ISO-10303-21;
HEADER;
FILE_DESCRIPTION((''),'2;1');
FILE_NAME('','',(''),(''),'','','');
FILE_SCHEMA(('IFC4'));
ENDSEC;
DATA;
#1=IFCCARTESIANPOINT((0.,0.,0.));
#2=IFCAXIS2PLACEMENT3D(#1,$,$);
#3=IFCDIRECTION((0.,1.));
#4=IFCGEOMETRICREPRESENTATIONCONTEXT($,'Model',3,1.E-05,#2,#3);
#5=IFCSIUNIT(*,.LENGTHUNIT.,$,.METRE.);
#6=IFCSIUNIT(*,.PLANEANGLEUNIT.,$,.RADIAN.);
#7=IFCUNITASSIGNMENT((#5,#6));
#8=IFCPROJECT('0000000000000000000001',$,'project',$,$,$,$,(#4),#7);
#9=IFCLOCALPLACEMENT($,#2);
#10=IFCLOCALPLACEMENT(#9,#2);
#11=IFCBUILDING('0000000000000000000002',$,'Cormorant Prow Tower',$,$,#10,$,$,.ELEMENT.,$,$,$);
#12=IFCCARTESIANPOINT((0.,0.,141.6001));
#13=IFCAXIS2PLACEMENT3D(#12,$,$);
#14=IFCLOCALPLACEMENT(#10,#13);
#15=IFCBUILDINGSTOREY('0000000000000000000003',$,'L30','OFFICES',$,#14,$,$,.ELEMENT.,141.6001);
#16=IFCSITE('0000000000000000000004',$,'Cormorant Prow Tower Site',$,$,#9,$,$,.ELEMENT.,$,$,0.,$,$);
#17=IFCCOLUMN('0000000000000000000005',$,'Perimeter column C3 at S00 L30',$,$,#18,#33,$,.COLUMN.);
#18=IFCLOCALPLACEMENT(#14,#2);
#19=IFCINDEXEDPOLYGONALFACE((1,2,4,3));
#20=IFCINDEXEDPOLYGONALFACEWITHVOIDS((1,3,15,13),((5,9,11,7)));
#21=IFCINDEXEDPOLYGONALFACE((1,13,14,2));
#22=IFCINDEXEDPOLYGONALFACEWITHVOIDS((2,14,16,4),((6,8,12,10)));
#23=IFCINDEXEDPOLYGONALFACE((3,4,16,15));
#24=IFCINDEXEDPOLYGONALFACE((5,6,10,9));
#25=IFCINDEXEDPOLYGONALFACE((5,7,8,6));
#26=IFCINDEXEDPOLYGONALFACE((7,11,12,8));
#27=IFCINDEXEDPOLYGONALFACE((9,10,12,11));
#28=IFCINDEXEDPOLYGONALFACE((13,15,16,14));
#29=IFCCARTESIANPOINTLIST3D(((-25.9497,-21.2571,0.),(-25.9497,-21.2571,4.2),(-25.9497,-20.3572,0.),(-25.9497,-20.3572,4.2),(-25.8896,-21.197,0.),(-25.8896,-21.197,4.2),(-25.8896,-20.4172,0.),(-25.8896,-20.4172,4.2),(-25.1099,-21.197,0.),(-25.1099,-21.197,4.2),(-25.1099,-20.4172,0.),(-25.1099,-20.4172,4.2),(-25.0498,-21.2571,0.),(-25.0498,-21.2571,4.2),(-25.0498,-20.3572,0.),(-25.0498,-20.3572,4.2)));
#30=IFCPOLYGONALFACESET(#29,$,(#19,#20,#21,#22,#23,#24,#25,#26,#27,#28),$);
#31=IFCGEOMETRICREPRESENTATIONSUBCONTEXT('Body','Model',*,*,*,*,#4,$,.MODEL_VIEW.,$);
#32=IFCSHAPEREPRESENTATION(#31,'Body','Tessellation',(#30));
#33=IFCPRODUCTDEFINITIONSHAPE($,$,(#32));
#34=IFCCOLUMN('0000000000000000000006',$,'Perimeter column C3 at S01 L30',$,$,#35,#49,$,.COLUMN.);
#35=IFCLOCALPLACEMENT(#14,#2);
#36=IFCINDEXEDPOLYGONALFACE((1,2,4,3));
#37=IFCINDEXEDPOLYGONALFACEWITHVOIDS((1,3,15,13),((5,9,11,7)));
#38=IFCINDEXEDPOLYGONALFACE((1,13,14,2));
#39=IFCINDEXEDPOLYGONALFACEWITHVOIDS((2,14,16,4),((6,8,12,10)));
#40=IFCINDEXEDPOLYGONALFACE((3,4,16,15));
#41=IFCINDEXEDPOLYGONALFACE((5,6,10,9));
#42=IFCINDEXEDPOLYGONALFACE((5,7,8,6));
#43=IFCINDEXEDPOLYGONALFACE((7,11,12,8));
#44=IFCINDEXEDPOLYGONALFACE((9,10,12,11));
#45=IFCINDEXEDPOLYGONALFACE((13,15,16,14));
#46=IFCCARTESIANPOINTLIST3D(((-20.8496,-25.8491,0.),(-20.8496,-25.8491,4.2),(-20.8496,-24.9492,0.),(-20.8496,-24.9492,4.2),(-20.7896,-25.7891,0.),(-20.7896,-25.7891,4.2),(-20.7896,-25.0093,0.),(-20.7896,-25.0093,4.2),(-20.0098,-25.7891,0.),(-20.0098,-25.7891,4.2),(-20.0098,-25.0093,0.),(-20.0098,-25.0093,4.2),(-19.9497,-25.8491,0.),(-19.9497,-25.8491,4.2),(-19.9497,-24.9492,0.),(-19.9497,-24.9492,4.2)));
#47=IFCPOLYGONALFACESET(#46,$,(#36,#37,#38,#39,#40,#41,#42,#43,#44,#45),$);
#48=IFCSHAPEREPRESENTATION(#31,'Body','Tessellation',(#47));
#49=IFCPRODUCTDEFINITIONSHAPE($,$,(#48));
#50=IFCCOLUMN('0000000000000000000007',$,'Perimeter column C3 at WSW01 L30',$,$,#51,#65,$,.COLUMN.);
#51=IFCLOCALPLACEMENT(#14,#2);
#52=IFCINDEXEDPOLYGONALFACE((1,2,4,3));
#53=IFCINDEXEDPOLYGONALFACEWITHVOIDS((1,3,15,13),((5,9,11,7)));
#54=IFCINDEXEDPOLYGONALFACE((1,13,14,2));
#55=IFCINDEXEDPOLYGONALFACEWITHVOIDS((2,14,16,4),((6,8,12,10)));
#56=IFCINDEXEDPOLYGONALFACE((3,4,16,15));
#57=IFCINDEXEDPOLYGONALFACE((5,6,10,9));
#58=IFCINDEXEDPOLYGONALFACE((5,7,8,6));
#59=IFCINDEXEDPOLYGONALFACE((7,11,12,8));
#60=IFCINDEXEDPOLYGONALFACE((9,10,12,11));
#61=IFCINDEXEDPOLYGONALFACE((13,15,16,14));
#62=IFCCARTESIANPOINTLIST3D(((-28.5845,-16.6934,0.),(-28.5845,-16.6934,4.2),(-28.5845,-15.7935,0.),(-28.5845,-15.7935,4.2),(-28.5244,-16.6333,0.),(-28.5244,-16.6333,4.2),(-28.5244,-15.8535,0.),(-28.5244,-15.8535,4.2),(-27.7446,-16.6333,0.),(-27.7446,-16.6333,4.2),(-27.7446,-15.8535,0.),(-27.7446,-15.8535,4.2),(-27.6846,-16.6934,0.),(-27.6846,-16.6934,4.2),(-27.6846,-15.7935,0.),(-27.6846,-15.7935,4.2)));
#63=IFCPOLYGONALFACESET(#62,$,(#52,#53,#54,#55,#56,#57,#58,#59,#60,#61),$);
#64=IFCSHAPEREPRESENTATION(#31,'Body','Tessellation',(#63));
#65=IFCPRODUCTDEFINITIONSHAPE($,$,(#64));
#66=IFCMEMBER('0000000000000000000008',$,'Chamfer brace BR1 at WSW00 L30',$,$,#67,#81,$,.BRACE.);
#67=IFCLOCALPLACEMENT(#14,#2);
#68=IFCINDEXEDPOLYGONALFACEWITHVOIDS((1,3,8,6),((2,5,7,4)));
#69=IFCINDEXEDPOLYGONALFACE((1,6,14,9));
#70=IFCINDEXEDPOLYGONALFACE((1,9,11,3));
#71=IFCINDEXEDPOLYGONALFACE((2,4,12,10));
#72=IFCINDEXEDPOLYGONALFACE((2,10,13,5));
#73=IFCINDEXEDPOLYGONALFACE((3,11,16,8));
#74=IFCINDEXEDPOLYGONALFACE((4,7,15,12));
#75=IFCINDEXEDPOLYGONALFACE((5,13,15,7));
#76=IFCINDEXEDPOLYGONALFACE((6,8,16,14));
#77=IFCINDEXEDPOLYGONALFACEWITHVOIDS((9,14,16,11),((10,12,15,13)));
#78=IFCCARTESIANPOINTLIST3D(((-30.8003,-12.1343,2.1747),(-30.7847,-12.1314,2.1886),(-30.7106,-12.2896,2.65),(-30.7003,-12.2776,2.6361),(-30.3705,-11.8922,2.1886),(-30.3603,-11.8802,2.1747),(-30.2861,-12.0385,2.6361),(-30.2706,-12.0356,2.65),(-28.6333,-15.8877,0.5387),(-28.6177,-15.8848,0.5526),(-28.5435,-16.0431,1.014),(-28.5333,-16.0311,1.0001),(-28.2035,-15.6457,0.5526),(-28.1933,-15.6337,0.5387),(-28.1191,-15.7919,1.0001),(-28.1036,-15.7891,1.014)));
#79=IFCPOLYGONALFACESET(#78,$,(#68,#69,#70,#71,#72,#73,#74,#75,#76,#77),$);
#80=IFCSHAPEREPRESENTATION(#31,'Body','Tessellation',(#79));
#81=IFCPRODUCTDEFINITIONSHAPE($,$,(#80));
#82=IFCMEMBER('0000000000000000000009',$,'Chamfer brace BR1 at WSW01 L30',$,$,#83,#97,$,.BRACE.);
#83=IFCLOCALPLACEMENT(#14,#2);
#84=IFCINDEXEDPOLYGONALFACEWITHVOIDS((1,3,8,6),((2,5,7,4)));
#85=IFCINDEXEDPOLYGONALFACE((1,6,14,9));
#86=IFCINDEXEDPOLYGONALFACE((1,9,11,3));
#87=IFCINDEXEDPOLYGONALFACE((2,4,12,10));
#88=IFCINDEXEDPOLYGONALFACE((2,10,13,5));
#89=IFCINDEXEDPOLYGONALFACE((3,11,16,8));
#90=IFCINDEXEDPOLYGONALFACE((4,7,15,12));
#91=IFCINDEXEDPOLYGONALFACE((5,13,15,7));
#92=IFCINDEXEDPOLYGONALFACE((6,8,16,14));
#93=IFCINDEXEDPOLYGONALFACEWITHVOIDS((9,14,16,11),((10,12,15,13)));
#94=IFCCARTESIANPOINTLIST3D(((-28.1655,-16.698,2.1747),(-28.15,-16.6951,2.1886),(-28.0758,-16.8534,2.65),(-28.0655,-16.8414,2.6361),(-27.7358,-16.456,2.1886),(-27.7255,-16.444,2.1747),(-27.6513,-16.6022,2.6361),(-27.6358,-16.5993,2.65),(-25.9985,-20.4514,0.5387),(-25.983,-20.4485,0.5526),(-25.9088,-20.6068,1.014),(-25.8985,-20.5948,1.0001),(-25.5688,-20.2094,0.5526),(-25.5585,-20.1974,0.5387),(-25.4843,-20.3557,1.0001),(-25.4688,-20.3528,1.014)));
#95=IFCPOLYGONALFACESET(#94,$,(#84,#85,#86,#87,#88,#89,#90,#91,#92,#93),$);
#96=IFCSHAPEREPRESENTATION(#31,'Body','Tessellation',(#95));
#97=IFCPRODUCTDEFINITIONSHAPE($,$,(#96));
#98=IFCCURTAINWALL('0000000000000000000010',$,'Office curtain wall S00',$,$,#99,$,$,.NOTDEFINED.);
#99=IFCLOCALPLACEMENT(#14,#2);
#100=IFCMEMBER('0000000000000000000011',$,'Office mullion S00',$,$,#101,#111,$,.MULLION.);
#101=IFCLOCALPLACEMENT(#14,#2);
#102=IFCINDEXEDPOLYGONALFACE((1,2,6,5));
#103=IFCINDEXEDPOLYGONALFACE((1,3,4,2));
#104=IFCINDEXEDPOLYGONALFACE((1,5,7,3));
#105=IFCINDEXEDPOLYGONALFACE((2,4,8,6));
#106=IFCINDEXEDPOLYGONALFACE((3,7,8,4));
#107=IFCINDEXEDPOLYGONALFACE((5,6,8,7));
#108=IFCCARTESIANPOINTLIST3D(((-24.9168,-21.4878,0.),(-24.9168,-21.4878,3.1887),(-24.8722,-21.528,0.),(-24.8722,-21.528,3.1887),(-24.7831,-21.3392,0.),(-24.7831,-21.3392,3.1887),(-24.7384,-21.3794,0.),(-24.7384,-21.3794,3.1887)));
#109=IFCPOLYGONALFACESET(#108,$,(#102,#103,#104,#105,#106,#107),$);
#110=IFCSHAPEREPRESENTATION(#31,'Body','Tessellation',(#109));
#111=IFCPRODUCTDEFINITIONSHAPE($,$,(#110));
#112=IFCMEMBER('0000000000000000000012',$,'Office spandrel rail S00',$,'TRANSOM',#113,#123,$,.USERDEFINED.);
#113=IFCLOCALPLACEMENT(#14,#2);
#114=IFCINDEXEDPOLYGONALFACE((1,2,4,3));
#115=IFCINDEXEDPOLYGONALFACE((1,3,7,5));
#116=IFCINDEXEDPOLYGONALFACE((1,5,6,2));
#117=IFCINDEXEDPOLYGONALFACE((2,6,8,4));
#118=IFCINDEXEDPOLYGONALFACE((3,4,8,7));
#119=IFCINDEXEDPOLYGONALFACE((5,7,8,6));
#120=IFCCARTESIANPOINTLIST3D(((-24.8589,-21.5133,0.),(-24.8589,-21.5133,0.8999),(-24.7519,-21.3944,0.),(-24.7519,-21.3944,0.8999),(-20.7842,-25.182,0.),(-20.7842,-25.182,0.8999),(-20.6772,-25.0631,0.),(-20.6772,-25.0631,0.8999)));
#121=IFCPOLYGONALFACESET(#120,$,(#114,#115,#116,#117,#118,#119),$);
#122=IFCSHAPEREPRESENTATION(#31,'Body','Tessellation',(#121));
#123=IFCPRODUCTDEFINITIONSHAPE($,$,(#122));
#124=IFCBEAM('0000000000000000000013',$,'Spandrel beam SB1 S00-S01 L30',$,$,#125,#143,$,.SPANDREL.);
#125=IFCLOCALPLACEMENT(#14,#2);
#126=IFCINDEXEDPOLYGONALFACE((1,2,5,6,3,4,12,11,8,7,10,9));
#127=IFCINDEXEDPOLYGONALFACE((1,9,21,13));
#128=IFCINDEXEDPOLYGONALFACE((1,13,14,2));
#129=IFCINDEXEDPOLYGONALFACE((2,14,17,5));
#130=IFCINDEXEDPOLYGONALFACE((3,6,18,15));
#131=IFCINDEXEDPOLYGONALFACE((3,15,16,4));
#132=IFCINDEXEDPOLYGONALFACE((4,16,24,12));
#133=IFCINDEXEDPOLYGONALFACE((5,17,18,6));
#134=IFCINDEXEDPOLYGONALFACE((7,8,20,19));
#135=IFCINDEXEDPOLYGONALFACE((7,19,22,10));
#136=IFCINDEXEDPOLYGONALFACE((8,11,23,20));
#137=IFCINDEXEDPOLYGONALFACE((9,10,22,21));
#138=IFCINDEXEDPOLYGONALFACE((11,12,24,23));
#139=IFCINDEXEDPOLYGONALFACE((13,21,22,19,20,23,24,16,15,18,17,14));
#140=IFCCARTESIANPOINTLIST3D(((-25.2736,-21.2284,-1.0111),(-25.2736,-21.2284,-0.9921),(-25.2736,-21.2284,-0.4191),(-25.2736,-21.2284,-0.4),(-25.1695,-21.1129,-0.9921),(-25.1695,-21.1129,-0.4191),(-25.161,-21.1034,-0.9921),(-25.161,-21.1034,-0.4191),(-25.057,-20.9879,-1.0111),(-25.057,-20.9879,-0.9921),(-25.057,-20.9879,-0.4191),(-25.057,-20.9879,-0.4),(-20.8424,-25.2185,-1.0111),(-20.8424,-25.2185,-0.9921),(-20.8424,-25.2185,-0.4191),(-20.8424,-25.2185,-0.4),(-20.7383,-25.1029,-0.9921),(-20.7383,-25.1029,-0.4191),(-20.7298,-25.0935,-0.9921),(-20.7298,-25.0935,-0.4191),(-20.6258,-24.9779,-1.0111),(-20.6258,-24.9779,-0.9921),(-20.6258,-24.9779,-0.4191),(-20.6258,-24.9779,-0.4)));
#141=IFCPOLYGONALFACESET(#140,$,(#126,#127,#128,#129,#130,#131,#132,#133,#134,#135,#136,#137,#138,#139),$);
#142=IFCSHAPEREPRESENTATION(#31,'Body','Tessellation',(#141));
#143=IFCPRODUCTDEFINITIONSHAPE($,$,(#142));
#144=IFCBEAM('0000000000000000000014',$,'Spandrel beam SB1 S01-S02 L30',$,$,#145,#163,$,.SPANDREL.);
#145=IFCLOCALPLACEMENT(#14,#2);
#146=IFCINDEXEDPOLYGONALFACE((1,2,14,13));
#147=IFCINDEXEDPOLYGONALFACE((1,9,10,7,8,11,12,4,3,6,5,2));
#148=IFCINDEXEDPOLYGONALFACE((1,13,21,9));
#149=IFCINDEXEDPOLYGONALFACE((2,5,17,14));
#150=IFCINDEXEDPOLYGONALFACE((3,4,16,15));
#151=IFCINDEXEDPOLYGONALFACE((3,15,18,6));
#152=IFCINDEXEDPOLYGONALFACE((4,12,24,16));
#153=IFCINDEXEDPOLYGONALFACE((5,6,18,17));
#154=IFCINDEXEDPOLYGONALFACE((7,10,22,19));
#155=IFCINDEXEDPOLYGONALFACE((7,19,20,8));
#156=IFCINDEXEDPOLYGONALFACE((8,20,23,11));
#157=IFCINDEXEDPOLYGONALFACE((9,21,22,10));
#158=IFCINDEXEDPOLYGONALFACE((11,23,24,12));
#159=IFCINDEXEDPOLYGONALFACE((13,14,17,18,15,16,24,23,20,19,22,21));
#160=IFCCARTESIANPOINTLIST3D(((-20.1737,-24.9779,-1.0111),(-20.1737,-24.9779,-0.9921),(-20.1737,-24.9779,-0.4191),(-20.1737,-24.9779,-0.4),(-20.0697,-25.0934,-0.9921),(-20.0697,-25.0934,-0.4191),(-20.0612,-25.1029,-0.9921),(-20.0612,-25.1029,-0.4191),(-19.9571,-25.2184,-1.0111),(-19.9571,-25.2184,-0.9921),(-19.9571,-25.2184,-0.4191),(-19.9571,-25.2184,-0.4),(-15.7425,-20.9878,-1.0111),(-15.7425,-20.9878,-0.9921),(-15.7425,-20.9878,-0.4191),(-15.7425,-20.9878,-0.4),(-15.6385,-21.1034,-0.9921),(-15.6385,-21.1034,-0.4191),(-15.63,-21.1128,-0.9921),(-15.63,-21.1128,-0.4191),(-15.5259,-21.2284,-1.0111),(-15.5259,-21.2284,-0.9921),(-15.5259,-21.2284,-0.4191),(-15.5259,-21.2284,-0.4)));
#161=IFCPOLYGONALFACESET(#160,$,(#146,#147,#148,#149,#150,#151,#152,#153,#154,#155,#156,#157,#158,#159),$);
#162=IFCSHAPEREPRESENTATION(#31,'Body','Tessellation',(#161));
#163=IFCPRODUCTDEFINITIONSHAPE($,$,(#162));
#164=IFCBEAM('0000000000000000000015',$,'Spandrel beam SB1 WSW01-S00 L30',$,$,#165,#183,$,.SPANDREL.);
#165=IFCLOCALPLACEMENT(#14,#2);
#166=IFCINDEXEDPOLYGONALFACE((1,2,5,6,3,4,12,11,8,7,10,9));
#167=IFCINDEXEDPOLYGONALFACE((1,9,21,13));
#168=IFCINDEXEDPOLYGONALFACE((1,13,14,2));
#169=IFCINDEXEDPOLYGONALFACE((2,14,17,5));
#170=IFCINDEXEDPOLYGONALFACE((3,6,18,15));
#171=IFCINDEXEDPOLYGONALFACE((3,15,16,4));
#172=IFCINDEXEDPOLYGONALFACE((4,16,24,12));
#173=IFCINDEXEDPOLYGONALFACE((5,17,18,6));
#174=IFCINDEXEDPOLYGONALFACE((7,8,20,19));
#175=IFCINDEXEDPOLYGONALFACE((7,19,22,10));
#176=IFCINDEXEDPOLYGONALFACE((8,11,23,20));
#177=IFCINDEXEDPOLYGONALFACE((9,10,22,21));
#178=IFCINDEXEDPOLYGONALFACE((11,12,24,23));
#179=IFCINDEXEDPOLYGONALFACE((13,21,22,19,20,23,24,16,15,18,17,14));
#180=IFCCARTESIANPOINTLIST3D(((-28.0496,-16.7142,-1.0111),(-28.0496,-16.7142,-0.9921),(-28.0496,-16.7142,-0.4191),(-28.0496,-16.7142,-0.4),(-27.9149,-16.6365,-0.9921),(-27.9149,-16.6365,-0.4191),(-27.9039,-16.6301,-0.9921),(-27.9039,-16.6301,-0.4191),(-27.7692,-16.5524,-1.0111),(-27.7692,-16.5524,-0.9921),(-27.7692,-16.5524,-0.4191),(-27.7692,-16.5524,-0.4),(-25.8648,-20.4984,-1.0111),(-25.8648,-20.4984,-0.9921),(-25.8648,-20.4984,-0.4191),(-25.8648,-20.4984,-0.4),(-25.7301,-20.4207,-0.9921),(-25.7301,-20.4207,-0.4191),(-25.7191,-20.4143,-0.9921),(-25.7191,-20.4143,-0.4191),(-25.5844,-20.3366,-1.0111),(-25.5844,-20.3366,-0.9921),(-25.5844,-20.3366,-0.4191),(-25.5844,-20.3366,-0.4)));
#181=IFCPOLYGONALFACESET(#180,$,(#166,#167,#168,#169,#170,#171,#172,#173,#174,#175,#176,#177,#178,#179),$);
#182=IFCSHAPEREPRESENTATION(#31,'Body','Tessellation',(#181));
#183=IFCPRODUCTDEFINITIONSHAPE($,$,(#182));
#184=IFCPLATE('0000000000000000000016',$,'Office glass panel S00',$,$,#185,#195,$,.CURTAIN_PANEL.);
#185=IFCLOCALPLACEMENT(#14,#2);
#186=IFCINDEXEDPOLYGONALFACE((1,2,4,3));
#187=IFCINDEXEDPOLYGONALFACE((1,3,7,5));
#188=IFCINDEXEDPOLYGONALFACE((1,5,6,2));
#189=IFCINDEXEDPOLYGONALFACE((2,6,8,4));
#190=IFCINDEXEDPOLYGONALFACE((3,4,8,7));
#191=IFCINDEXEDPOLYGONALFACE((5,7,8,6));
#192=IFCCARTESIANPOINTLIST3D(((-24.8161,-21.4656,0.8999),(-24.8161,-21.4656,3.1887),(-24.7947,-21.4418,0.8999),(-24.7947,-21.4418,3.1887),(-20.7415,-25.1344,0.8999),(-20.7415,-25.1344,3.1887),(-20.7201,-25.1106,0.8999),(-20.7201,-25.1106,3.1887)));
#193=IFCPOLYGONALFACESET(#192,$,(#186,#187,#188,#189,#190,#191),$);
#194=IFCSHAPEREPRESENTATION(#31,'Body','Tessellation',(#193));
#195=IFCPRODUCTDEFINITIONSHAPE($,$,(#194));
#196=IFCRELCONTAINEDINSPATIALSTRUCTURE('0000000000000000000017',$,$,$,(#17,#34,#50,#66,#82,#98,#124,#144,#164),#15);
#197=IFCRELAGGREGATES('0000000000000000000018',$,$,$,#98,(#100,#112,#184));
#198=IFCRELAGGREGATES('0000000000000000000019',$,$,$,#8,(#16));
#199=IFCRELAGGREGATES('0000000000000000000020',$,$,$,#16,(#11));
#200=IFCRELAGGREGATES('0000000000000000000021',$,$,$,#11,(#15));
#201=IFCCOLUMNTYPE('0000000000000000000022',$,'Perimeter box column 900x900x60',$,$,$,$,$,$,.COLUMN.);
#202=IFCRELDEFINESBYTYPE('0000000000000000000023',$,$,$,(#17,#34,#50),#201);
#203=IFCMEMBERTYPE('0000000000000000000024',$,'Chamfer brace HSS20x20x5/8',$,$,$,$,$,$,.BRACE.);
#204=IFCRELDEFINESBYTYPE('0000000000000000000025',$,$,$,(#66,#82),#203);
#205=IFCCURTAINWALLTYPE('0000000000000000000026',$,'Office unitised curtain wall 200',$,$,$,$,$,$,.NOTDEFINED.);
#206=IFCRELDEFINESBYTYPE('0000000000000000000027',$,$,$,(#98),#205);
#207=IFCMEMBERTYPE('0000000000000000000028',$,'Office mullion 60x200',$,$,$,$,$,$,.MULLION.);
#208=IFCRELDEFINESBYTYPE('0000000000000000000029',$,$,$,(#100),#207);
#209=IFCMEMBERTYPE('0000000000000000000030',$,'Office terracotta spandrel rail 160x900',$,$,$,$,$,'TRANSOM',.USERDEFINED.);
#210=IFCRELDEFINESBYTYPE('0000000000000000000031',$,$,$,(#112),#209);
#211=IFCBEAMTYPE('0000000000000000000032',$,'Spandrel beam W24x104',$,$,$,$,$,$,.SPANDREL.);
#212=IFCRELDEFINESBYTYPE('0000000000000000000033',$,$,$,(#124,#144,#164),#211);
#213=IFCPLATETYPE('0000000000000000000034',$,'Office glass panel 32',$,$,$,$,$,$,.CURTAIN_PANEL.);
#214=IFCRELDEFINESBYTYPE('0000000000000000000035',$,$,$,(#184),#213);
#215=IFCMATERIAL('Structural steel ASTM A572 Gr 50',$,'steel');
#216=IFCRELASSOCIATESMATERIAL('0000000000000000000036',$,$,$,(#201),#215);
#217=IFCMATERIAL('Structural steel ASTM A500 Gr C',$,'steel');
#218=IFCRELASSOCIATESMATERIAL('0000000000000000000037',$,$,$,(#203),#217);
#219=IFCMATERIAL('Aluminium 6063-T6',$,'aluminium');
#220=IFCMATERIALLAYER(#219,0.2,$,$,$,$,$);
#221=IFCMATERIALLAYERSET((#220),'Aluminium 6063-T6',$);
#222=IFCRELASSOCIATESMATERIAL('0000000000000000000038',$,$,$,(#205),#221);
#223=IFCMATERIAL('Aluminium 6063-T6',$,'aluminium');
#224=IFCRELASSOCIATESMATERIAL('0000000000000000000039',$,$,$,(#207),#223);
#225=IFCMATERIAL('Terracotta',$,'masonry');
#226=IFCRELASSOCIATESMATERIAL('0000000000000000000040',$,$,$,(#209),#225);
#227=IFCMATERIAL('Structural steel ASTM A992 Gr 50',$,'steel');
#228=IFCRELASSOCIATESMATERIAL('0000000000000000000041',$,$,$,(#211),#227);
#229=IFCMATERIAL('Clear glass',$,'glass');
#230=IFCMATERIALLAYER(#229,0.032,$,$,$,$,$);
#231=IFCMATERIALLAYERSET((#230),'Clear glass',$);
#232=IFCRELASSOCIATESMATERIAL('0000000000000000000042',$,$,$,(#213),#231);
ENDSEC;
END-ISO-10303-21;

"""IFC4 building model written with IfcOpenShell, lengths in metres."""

from ifc_helpers import new_model, si_unit, direction, frame, origin, origin_2d, place, context, subcontext, project, spatial, rectangle, hollow_rectangle, i_section, extrude, material, layer, layer_set, material_profile, profile_set, type_object, element, aggregate, save


model = new_model("IFC4")

# Units and contexts
model_context = context("Model", 3, precision=1e-05, world=origin(), true_north=direction((0.0, 1.0)))
body_context = subcontext(model_context, "Body", "Model", "MODEL_VIEW")
ifc_project = project(units=[si_unit("LENGTHUNIT", "METRE"), si_unit("PLANEANGLEUNIT", "RADIAN")], contexts=[model_context])

# Site, building, storey
site_placement = place(None, origin())
site = spatial("IfcSite", under=ifc_project, at=site_placement, Name="Cormorant Prow Tower Site", CompositionType="ELEMENT", RefElevation=0.0)
building_placement = place(site_placement, origin())
building = spatial("IfcBuilding", under=site, at=building_placement, Name="Cormorant Prow Tower", CompositionType="ELEMENT")
storey_placement = place(building_placement, frame((0.0, 0.0, 141.6001)))
storey = spatial("IfcBuildingStorey", under=building, at=storey_placement, Name="L30", Description="OFFICES", CompositionType="ELEMENT", Elevation=141.6001)

# Columns
ifc_material_1 = material(Name="Structural steel ASTM A572 Gr 50", Category="steel")
ifc_material_profile_1 = material_profile(ifc_material_1, hollow_rectangle(XDim=0.8999, YDim=0.8999, WallThickness=0.0601, at=origin_2d()), Name="Box 900x900x60")
ifc_profile_set_1 = profile_set([ifc_material_profile_1], Name="Structural steel ASTM A572 Gr 50")
column_type = type_object("IfcColumnType", Name="Perimeter box column 900x900x60", PredefinedType="COLUMN", material=ifc_profile_set_1)
for number, where, z_axis, x_axis, name in (
    (1, (-25.4998, -20.8071, 0.0), (0.0, 0.0, 1.0), (1.0, 0.0, 0.0), "Perimeter column C3 at S00 L30"),
    (2, (-20.3997, -25.3992, 0.0), (0.0, 0.0, 1.0), (1.0, 0.0, 0.0), "Perimeter column C3 at S01 L30"),
    (3, (-28.1345, -16.2434, 0.0), (0.0, 0.0, 1.0), (1.0, 0.0, 0.0), "Perimeter column C3 at WSW01 L30"),
):
    element("IfcColumn", number, at=place(storey_placement, frame(where, z_axis=z_axis, x_axis=x_axis)), inside=storey, type_object=column_type, Name=name, PredefinedType="COLUMN", context=body_context, shape_type="SweptSolid", body=[
        extrude(hollow_rectangle(XDim=0.8999, YDim=0.8999, WallThickness=0.0601, at=origin_2d()), origin(), (0.0, 0.0, 1.0), 4.2),
    ])

# Members
ifc_material_2 = material(Name="Structural steel ASTM A500 Gr C", Category="steel")
ifc_material_profile_2 = material_profile(ifc_material_2, hollow_rectangle(XDim=0.5081, YDim=0.5081, WallThickness=0.0149, at=origin_2d()), Name="HSS20x20x5/8")
ifc_profile_set_2 = profile_set([ifc_material_profile_2], Name="Structural steel ASTM A500 Gr C")
member_type_1 = type_object("IfcMemberType", Name="Chamfer brace HSS20x20x5/8", PredefinedType="BRACE", material=ifc_profile_set_2)
for number, where, z_axis, x_axis, name in (
    (4, (-28.3684, -15.8384, 0.7764), (-0.467776, 0.810228, 0.353151), (-0.86603, -0.499992, 0.0), "Chamfer brace BR1 at WSW00 L30"),
    (5, (-25.7336, -20.4021, 0.7764), (-0.467776, 0.810228, 0.353151), (-0.86603, -0.499992, 0.0), "Chamfer brace BR1 at WSW01 L30"),
):
    element("IfcMember", number, at=place(storey_placement, frame(where, z_axis=z_axis, x_axis=x_axis)), inside=storey, type_object=member_type_1, Name=name, PredefinedType="BRACE", context=body_context, shape_type="SweptSolid", body=[
        extrude(hollow_rectangle(XDim=0.5081, YDim=0.5081, WallThickness=0.0149, at=origin_2d()), origin(), (0.0, 0.0, 1.0), 4.6326),
    ])

# Curtain wall, members
ifc_material_3 = material(Name="Aluminium 6063-T6", Category="aluminium")
ifc_layer_1 = layer(ifc_material_3, 0.2)
ifc_layer_set_1 = layer_set([ifc_layer_1], Name="Aluminium 6063-T6")
curtain_wall_type = type_object("IfcCurtainWallType", Name="Office unitised curtain wall 200", PredefinedType="NOTDEFINED", material=ifc_layer_set_1)
curtain_wall_placement = place(storey_placement, origin())
curtain_wall = element("IfcCurtainWall", 6, at=curtain_wall_placement, inside=storey, type_object=curtain_wall_type, Name="Office curtain wall S00", PredefinedType="NOTDEFINED")
ifc_material_4 = material(Name="Aluminium 6063-T6", Category="aluminium")
ifc_material_profile_3 = material_profile(ifc_material_4, rectangle(XDim=0.2, YDim=0.0601, at=origin_2d()), Name="Office mullion 60x200")
ifc_profile_set_3 = profile_set([ifc_material_profile_3], Name="Aluminium 6063-T6")
member_type_2 = type_object("IfcMemberType", Name="Office mullion 60x200", PredefinedType="MULLION", material=ifc_profile_set_3)
member_1_placement = place(storey_placement, frame((-24.8276, -21.4336, 0.0), z_axis=(0.0, 0.0, 1.0), x_axis=(0.669131, 0.743145, 0.0)))
member_1 = element("IfcMember", 7, at=member_1_placement, type_object=member_type_2, Name="Office mullion S00", PredefinedType="MULLION", context=body_context, shape_type="SweptSolid", body=[
    extrude(rectangle(XDim=0.2, YDim=0.0601, at=origin_2d()), origin(), (0.0, 0.0, 1.0), 3.1887),
])
ifc_material_5 = material(Name="Terracotta", Category="masonry")
ifc_material_profile_4 = material_profile(ifc_material_5, rectangle(XDim=0.1599, YDim=0.8999, at=origin_2d()), Name="Office terracotta spandrel rail 160x900")
ifc_profile_set_4 = profile_set([ifc_material_profile_4], Name="Terracotta")
member_type_3 = type_object("IfcMemberType", Name="Office terracotta spandrel rail 160x900", ElementType="TRANSOM", PredefinedType="USERDEFINED", material=ifc_profile_set_4)
member_2_placement = place(storey_placement, frame((-24.8054, -21.4539, 0.45), z_axis=(0.743161, -0.669112, 0.0), x_axis=(0.669112, 0.743161, 0.0)))
member_2 = element("IfcMember", 8, at=member_2_placement, type_object=member_type_3, Name="Office spandrel rail S00", ObjectType="TRANSOM", PredefinedType="USERDEFINED", context=body_context, shape_type="SweptSolid", body=[
    extrude(rectangle(XDim=0.1599, YDim=0.8999, at=origin_2d()), origin(), (0.0, 0.0, 1.0), 5.4829),
])

# Beams
ifc_material_6 = material(Name="Structural steel ASTM A992 Gr 50", Category="steel")
ifc_material_profile_5 = material_profile(ifc_material_6, i_section(OverallWidth=0.3237, OverallDepth=0.6111, WebThickness=0.0127, FlangeThickness=0.019, at=origin_2d()), Name="W24x104")
ifc_profile_set_5 = profile_set([ifc_material_profile_5], Name="Structural steel ASTM A992 Gr 50")
beam_type = type_object("IfcBeamType", Name="Spandrel beam W24x104", PredefinedType="SPANDREL", material=ifc_profile_set_5)
for number, where, z_axis, x_axis, name in (
    (9, (-25.1653, -21.1082, -0.7056), (0.743131, -0.669146, 0.0), (0.669146, 0.743131, 0.0), "Spandrel beam SB1 S00-S01 L30"),
    (10, (-20.0654, -25.0981, -0.7056), (0.743131, 0.669146, 0.0), (-0.669146, 0.743131, 0.0), "Spandrel beam SB1 S01-S02 L30"),
):
    element("IfcBeam", number, at=place(storey_placement, frame(where, z_axis=z_axis, x_axis=x_axis)), inside=storey, type_object=beam_type, Name=name, PredefinedType="SPANDREL", context=body_context, shape_type="SweptSolid", body=[
        extrude(i_section(OverallWidth=0.3237, OverallDepth=0.6111, WebThickness=0.0127, FlangeThickness=0.019, at=origin_2d()), origin(), (0.0, 0.0, 1.0), 5.9629),
    ])
beam_placement = place(storey_placement, frame((-27.9094, -16.6333, -0.7056), z_axis=(0.500003, -0.866024, 0.0), x_axis=(0.866024, 0.500003, 0.0)))
element("IfcBeam", 11, at=beam_placement, inside=storey, type_object=beam_type, Name="Spandrel beam SB1 WSW01-S00 L30", PredefinedType="SPANDREL", context=body_context, shape_type="SweptSolid", body=[
    extrude(i_section(OverallWidth=0.3237, OverallDepth=0.6111, WebThickness=0.0127, FlangeThickness=0.019, at=origin_2d()), origin(), (0.0, 0.0, 1.0), 4.3696),
])

# Plate
ifc_material_7 = material(Name="Clear glass", Category="glass")
ifc_layer_2 = layer(ifc_material_7, 0.032)
ifc_layer_set_2 = layer_set([ifc_layer_2], Name="Clear glass")
plate_type = type_object("IfcPlateType", Name="Office glass panel 32", PredefinedType="CURTAIN_PANEL", material=ifc_layer_set_2)
plate_placement = place(storey_placement, frame((-22.7681, -23.2881, 0.8999), z_axis=(0.0, 0.0, 1.0), x_axis=(0.743145, -0.669131, 0.0)))
plate = element("IfcPlate", 12, at=plate_placement, type_object=plate_type, Name="Office glass panel S00", PredefinedType="CURTAIN_PANEL", context=body_context, shape_type="SweptSolid", body=[
    extrude(rectangle(XDim=5.4829, YDim=0.032, at=origin_2d()), origin(), (0.0, 0.0, 1.0), 2.2888),
])
aggregate(curtain_wall, [member_1, member_2, plate])

save(model, "model.ifc")
